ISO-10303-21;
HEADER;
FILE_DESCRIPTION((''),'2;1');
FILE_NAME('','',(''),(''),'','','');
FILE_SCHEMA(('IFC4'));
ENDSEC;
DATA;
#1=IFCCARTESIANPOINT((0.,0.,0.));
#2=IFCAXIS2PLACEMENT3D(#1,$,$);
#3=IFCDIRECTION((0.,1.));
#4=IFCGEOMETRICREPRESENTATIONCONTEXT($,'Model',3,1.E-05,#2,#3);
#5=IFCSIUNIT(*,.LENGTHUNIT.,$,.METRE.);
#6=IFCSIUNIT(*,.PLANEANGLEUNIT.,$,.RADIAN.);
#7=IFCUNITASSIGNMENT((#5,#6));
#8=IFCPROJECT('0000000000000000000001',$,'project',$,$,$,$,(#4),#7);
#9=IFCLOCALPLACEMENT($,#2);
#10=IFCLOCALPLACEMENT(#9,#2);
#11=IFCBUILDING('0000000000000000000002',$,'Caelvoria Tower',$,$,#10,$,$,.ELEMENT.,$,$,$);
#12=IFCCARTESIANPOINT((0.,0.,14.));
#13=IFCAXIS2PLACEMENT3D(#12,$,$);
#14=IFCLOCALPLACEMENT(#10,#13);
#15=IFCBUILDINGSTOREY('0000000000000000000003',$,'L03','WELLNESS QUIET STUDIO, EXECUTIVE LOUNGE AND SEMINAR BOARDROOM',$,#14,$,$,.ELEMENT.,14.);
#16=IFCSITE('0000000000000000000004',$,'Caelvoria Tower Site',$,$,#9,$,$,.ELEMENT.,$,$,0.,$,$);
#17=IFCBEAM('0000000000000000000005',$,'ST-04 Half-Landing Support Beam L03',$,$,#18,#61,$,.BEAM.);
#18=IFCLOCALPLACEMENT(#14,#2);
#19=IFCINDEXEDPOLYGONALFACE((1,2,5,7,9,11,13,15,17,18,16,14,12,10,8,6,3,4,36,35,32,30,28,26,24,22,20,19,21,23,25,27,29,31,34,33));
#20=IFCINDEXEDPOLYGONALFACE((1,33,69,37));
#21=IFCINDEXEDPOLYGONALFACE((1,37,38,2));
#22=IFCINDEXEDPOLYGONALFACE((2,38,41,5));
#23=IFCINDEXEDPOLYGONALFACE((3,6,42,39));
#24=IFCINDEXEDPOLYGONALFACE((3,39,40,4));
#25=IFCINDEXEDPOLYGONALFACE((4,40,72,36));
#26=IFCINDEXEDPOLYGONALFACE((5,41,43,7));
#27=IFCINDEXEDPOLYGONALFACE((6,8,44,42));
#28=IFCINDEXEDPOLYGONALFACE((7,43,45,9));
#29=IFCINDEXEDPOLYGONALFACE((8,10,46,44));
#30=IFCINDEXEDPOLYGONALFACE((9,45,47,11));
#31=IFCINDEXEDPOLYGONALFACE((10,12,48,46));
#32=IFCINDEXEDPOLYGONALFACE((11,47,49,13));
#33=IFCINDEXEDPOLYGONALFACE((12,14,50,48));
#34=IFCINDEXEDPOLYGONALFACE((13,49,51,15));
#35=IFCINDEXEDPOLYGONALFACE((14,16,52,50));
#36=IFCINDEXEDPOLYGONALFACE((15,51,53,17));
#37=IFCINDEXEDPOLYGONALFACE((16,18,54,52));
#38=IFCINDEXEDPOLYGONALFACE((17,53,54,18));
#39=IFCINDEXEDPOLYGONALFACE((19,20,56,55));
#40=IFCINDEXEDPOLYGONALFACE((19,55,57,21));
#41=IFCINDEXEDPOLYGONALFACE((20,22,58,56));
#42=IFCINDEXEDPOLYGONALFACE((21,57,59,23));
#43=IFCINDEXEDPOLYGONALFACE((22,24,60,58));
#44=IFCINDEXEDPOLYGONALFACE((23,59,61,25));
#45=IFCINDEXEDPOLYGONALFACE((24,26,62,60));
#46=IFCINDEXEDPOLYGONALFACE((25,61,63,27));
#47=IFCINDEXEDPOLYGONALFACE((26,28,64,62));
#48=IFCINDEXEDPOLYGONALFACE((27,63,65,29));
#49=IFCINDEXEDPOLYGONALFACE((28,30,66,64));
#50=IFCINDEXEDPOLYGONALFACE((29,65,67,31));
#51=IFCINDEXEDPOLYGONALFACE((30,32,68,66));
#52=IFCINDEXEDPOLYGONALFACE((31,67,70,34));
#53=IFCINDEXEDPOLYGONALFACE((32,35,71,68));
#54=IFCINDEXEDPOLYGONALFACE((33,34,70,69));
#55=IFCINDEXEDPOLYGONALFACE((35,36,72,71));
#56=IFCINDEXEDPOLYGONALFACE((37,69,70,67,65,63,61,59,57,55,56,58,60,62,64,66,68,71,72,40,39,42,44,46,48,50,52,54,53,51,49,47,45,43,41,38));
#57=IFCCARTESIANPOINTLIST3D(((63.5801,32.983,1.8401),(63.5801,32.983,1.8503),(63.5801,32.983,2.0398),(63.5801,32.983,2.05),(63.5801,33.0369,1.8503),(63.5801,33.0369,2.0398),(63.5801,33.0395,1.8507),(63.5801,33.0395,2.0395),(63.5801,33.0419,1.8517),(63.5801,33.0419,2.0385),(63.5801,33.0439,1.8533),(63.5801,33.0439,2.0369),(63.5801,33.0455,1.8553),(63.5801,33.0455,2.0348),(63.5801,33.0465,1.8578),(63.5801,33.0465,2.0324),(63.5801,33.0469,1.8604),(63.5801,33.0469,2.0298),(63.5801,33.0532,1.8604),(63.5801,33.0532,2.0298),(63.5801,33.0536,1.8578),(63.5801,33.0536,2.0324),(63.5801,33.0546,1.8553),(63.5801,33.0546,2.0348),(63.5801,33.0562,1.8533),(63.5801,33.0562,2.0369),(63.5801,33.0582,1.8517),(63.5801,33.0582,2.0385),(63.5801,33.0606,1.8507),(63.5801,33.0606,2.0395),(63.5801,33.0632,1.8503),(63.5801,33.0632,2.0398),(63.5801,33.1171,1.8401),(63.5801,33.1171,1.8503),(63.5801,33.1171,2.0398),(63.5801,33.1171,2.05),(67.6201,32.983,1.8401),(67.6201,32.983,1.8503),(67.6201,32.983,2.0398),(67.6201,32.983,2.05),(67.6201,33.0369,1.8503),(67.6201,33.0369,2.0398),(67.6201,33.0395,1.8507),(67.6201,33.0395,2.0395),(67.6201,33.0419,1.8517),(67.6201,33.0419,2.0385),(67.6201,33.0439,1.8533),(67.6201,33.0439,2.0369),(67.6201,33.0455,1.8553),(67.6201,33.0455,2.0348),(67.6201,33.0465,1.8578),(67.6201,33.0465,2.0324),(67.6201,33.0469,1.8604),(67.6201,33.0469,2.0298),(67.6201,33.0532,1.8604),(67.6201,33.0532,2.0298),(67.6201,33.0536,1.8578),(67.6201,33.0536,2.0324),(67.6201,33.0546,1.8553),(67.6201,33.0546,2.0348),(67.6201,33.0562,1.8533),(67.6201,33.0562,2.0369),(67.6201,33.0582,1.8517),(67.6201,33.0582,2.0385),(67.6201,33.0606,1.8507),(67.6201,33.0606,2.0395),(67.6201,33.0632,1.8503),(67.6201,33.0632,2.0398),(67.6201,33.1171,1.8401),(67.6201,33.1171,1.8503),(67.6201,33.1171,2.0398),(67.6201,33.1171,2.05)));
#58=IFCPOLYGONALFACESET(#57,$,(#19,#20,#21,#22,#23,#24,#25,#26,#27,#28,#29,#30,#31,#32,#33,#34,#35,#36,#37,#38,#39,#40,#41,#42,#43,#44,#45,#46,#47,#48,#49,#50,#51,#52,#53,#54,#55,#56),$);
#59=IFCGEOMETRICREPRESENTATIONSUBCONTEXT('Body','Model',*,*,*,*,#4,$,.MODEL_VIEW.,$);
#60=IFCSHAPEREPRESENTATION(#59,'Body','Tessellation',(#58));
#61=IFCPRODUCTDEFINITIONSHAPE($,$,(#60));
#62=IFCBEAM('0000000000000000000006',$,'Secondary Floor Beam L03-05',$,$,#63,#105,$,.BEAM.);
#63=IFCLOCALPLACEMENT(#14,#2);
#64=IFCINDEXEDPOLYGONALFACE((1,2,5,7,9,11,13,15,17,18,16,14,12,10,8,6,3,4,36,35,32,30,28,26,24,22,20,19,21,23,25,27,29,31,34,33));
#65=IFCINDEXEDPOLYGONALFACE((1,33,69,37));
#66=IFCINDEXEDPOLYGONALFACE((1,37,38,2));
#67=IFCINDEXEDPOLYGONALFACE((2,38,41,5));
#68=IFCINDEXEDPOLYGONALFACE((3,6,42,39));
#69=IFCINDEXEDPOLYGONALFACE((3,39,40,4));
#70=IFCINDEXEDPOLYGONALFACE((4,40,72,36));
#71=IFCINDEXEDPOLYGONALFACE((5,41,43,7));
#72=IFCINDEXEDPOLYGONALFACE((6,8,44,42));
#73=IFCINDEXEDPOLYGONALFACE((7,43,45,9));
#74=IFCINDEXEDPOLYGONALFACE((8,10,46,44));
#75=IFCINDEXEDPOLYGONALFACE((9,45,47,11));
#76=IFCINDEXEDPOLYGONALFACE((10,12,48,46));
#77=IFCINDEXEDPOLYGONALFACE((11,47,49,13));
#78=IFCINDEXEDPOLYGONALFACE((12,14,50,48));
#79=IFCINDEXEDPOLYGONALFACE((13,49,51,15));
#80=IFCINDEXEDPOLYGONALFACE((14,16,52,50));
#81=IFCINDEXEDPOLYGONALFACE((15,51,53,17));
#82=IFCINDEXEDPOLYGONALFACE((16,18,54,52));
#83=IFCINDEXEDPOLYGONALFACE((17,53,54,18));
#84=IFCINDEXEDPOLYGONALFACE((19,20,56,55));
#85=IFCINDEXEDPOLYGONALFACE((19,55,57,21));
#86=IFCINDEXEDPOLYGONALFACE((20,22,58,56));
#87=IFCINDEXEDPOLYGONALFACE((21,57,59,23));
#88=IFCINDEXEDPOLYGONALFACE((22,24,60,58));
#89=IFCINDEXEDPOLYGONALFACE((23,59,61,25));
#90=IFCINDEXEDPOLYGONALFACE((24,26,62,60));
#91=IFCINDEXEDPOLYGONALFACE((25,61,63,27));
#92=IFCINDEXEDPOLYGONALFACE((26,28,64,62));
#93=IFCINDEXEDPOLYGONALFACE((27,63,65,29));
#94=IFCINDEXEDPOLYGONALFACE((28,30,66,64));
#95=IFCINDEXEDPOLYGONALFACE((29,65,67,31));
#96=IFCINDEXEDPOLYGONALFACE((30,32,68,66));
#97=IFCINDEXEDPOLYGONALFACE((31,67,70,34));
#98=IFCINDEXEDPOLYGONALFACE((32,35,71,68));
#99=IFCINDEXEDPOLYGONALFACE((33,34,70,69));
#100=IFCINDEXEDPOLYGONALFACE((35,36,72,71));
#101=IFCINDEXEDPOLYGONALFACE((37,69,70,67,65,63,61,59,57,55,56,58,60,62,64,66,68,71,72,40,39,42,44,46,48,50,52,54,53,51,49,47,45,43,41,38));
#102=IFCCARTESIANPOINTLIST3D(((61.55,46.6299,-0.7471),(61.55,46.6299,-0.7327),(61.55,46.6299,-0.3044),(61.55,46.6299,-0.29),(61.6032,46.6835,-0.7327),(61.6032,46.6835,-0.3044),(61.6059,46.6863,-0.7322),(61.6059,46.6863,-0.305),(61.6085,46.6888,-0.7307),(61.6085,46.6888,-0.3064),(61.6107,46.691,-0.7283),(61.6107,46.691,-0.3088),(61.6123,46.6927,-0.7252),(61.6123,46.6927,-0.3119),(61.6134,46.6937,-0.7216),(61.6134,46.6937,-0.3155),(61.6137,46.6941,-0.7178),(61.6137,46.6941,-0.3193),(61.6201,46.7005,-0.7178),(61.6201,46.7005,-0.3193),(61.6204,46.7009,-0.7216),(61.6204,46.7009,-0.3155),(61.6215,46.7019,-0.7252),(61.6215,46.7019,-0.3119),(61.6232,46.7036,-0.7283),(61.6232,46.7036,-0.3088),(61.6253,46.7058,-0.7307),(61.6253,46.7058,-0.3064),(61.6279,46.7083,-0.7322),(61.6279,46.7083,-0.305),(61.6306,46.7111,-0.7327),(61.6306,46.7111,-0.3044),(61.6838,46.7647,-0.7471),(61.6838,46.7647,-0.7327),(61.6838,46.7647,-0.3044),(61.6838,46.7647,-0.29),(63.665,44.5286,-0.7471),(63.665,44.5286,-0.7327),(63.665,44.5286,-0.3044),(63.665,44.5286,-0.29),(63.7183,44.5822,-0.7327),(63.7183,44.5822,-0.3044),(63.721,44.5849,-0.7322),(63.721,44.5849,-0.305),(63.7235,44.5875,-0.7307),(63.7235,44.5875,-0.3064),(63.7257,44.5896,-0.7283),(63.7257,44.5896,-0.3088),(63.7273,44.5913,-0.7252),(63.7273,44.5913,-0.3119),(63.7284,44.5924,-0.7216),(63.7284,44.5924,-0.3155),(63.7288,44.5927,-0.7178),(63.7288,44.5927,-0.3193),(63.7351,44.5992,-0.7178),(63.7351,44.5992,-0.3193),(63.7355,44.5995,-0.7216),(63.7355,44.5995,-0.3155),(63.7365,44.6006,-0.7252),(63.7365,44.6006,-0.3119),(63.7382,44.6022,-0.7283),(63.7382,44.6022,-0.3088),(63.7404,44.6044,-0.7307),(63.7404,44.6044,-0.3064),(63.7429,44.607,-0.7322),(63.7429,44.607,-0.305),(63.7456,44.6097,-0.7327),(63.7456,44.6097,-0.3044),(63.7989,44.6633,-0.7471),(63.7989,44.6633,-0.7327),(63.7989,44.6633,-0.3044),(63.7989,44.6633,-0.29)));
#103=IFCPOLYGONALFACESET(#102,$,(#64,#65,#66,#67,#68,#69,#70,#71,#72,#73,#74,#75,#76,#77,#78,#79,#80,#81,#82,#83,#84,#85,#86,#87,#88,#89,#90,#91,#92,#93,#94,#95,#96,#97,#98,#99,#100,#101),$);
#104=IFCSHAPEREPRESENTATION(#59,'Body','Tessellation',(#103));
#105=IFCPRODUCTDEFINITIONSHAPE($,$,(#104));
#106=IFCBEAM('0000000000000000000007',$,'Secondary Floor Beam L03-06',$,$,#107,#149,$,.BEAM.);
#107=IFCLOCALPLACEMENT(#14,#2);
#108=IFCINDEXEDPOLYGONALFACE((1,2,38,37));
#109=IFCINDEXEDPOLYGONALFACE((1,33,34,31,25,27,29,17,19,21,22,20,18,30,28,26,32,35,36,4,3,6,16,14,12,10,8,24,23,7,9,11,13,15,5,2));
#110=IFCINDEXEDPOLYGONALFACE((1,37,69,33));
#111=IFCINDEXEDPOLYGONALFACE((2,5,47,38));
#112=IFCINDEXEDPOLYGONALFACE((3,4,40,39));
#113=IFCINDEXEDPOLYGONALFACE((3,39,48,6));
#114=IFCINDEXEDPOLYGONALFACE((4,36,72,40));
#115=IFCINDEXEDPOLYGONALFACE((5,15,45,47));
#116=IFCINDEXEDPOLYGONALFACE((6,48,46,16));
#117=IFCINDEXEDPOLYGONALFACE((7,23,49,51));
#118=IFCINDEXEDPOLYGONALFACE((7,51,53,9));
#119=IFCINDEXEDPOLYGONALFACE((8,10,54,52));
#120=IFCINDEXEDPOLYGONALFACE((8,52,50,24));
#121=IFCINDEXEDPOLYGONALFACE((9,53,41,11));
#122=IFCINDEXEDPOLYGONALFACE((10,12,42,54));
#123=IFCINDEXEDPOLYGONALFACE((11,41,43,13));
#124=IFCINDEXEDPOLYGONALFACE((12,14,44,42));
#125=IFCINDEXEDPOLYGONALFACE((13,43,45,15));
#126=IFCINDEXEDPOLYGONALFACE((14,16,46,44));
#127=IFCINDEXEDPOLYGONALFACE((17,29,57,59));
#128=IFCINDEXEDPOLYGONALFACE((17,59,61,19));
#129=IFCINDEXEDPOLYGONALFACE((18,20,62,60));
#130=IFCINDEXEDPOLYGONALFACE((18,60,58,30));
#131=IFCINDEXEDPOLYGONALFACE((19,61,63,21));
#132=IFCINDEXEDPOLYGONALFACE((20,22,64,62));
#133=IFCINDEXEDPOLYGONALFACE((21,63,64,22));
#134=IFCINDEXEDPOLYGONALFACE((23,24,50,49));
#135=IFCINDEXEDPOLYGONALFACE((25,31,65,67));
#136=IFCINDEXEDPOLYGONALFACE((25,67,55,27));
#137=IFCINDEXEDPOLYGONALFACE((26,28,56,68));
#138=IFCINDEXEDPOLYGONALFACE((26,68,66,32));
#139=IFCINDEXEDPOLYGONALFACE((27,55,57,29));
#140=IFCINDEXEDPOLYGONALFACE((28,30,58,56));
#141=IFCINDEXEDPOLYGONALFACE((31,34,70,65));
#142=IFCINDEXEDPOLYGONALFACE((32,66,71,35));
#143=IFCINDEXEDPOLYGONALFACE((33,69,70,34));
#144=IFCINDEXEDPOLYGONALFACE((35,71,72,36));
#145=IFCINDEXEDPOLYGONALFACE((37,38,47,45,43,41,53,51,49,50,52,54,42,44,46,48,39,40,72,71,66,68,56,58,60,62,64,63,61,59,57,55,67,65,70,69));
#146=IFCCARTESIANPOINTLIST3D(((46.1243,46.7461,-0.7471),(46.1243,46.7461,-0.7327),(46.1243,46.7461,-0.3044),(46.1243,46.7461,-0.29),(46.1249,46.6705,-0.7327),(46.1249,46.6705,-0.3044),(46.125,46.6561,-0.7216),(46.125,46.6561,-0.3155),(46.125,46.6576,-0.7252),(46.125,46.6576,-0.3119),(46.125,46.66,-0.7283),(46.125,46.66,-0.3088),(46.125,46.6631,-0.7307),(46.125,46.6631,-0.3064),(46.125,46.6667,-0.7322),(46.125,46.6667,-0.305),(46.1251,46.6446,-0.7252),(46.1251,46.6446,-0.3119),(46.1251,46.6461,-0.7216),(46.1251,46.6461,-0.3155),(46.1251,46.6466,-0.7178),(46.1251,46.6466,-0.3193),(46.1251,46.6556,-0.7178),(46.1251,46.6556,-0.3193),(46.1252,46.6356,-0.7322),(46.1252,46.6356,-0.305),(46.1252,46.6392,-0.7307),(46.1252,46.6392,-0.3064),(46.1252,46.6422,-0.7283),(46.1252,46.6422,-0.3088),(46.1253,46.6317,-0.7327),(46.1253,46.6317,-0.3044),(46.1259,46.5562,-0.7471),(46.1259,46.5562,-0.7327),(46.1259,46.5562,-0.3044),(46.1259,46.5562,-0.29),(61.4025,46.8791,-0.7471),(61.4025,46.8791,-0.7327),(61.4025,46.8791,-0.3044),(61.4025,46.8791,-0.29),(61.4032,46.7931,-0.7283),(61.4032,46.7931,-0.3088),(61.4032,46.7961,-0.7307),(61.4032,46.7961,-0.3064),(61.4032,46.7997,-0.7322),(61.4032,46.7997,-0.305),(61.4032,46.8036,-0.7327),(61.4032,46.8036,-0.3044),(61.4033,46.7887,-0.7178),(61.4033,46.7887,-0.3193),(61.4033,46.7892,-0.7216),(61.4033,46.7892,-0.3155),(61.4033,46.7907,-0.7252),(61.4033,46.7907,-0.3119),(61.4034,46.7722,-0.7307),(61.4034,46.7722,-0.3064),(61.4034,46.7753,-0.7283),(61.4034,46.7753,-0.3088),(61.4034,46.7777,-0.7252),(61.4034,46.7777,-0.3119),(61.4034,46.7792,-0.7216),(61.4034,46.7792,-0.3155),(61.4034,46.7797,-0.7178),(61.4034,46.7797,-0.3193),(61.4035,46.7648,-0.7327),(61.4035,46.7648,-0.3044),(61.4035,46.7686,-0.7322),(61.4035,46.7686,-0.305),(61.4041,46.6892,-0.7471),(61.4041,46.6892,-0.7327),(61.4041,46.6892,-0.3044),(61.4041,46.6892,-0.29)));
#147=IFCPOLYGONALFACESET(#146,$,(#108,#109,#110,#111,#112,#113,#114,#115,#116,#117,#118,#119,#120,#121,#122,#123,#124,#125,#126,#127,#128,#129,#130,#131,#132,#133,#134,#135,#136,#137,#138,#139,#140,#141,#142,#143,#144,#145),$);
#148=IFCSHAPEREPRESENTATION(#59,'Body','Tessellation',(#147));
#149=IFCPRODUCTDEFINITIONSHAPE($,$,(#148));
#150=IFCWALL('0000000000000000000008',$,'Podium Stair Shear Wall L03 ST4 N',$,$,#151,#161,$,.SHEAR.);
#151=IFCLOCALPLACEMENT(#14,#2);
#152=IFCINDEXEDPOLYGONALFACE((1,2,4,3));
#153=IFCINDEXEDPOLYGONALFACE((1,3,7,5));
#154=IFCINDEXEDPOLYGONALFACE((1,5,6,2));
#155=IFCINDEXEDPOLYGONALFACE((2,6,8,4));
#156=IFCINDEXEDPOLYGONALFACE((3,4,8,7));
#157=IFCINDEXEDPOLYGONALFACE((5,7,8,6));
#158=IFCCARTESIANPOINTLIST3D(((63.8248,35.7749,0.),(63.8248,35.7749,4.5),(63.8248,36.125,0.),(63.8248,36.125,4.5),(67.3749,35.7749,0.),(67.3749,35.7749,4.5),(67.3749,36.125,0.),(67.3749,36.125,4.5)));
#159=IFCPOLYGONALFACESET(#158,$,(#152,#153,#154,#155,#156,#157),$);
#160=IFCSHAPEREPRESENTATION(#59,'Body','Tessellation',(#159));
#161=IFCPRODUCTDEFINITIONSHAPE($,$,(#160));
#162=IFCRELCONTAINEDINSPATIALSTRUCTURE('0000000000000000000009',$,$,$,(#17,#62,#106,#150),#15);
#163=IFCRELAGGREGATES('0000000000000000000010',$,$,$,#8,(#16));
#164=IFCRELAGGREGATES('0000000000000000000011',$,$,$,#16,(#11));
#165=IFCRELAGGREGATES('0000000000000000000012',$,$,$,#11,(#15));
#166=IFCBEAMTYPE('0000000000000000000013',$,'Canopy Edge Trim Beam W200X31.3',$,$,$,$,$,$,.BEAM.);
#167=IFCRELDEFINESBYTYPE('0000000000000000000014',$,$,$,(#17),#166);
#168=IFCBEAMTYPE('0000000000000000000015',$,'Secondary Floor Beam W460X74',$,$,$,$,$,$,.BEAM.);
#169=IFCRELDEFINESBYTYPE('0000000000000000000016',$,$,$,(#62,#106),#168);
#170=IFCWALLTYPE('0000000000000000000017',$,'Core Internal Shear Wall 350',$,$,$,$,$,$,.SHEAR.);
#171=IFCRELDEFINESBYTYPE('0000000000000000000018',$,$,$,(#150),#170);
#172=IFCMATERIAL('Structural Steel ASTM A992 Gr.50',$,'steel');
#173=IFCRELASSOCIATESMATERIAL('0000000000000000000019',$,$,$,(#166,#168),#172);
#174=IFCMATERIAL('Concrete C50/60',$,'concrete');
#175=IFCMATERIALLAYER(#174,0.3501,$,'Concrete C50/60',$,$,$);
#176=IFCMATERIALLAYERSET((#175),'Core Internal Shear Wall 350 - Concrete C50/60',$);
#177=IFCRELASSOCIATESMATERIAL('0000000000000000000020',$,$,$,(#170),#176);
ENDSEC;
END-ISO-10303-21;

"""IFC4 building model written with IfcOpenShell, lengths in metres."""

from ifc_helpers import new_model, si_unit, direction, frame, frame_2d, origin, origin_2d, place, context, subcontext, project, spatial, rectangle, i_section, extrude, material, layer, layer_set, material_profile, profile_set, type_object, element, save


model = new_model("IFC4")

# Units and contexts
model_context = context("Model", 3, precision=1e-05, world=origin(), true_north=direction((0.0, 1.0)))
body_context = subcontext(model_context, "Body", "Model", "MODEL_VIEW")
ifc_project = project(units=[si_unit("LENGTHUNIT", "METRE"), si_unit("PLANEANGLEUNIT", "RADIAN")], contexts=[model_context])

# Site, building, storey
site_placement = place(None, origin())
site = spatial("IfcSite", under=ifc_project, at=site_placement, Name="Caelvoria Tower Site", CompositionType="ELEMENT", RefElevation=0.0)
building_placement = place(site_placement, origin())
building = spatial("IfcBuilding", under=site, at=building_placement, Name="Caelvoria Tower", CompositionType="ELEMENT")
storey_placement = place(building_placement, frame((0.0, 0.0, 14.0)))
storey = spatial("IfcBuildingStorey", under=building, at=storey_placement, Name="L03", Description="WELLNESS QUIET STUDIO, EXECUTIVE LOUNGE AND SEMINAR BOARDROOM", CompositionType="ELEMENT", Elevation=14.0)

# Beams
ifc_material_1 = material(Name="Structural Steel ASTM A992 Gr.50", Category="steel")
ifc_material_profile_1 = material_profile(ifc_material_1, i_section(OverallWidth=0.134, OverallDepth=0.21, WebThickness=0.0063, FlangeThickness=0.0103, FilletRadius=0.01, at=origin_2d()), Name="Structural Steel ASTM A992 Gr.50")
ifc_profile_set_1 = profile_set([ifc_material_profile_1], Name="W200X31.3 - Structural Steel ASTM A992 Gr.50")
beam_type_1 = type_object("IfcBeamType", Name="Canopy Edge Trim Beam W200X31.3", PredefinedType="BEAM", material=ifc_profile_set_1)
beam_1_placement = place(storey_placement, frame((63.5801, 33.05, 1.9451), z_axis=(1.0, 0.0, 0.0), x_axis=(0.0, 1.0, 0.0)))
element("IfcBeam", 1, at=beam_1_placement, inside=storey, type_object=beam_type_1, Name="ST-04 Half-Landing Support Beam L03", PredefinedType="BEAM", context=body_context, shape_type="SweptSolid", body=[
    extrude(i_section(OverallWidth=0.134, OverallDepth=0.21, WebThickness=0.0063, FlangeThickness=0.0103, FilletRadius=0.01, at=origin_2d()), origin(), (0.0, 0.0, 1.0), 4.04),
])
ifc_material_profile_2 = material_profile(ifc_material_1, i_section(OverallWidth=0.1899, OverallDepth=0.457, WebThickness=0.009, FlangeThickness=0.0144, FilletRadius=0.0149, at=origin_2d()), Name="Structural Steel ASTM A992 Gr.50")
ifc_profile_set_2 = profile_set([ifc_material_profile_2], Name="W460X74 - Structural Steel ASTM A992 Gr.50")
beam_type_2 = type_object("IfcBeamType", Name="Secondary Floor Beam W460X74", PredefinedType="BEAM", material=ifc_profile_set_2)
beam_2_placement = place(storey_placement, frame((63.7319, 44.5959, -0.5186), z_axis=(-0.709396, 0.70481, 0.0), x_axis=(-0.70481, -0.709396, 0.0)))
element("IfcBeam", 2, at=beam_2_placement, inside=storey, type_object=beam_type_2, Name="Secondary Floor Beam L03-05", PredefinedType="BEAM", context=body_context, shape_type="SweptSolid", body=[
    extrude(i_section(OverallWidth=0.1899, OverallDepth=0.457, WebThickness=0.009, FlangeThickness=0.0144, FilletRadius=0.0149, at=origin_2d()), origin(), (0.0, 0.0, 1.0), 2.9814),
])
beam_3_placement = place(storey_placement, frame((61.4033, 46.7842, -0.5186), z_axis=(-0.999962, -0.008709, 0.0), x_axis=(0.008709, -0.999962, 0.0)))
element("IfcBeam", 3, at=beam_3_placement, inside=storey, type_object=beam_type_2, Name="Secondary Floor Beam L03-06", PredefinedType="BEAM", context=body_context, shape_type="SweptSolid", body=[
    extrude(i_section(OverallWidth=0.1899, OverallDepth=0.457, WebThickness=0.009, FlangeThickness=0.0144, FilletRadius=0.0149, at=origin_2d()), origin(), (0.0, 0.0, 1.0), 15.2788),
])

# Wall
ifc_material_2 = material(Name="Concrete C50/60", Category="concrete")
ifc_layer_1 = layer(ifc_material_2, 0.3501, Name="Concrete C50/60")
ifc_layer_set_1 = layer_set([ifc_layer_1], Name="Core Internal Shear Wall 350 - Concrete C50/60")
wall_type_1 = type_object("IfcWallType", Name="Core Internal Shear Wall 350", PredefinedType="SHEAR", material=ifc_layer_set_1)
wall_1_placement = place(storey_placement, frame((63.825, 35.95, 0.0), z_axis=(0.0, 0.0, 1.0), x_axis=(1.0, 0.0, 0.0)))
element("IfcWall", 4, at=wall_1_placement, inside=storey, type_object=wall_type_1, Name="Podium Stair Shear Wall L03 ST4 N", PredefinedType="SHEAR", context=body_context, shape_type="SweptSolid", body=[
    extrude(rectangle(XDim=3.55, YDim=0.3501, at=frame_2d((1.7749, 0.0))), origin(), (0.0, 0.0, 1.0), 4.5),
])

save(model, "model.ifc")
